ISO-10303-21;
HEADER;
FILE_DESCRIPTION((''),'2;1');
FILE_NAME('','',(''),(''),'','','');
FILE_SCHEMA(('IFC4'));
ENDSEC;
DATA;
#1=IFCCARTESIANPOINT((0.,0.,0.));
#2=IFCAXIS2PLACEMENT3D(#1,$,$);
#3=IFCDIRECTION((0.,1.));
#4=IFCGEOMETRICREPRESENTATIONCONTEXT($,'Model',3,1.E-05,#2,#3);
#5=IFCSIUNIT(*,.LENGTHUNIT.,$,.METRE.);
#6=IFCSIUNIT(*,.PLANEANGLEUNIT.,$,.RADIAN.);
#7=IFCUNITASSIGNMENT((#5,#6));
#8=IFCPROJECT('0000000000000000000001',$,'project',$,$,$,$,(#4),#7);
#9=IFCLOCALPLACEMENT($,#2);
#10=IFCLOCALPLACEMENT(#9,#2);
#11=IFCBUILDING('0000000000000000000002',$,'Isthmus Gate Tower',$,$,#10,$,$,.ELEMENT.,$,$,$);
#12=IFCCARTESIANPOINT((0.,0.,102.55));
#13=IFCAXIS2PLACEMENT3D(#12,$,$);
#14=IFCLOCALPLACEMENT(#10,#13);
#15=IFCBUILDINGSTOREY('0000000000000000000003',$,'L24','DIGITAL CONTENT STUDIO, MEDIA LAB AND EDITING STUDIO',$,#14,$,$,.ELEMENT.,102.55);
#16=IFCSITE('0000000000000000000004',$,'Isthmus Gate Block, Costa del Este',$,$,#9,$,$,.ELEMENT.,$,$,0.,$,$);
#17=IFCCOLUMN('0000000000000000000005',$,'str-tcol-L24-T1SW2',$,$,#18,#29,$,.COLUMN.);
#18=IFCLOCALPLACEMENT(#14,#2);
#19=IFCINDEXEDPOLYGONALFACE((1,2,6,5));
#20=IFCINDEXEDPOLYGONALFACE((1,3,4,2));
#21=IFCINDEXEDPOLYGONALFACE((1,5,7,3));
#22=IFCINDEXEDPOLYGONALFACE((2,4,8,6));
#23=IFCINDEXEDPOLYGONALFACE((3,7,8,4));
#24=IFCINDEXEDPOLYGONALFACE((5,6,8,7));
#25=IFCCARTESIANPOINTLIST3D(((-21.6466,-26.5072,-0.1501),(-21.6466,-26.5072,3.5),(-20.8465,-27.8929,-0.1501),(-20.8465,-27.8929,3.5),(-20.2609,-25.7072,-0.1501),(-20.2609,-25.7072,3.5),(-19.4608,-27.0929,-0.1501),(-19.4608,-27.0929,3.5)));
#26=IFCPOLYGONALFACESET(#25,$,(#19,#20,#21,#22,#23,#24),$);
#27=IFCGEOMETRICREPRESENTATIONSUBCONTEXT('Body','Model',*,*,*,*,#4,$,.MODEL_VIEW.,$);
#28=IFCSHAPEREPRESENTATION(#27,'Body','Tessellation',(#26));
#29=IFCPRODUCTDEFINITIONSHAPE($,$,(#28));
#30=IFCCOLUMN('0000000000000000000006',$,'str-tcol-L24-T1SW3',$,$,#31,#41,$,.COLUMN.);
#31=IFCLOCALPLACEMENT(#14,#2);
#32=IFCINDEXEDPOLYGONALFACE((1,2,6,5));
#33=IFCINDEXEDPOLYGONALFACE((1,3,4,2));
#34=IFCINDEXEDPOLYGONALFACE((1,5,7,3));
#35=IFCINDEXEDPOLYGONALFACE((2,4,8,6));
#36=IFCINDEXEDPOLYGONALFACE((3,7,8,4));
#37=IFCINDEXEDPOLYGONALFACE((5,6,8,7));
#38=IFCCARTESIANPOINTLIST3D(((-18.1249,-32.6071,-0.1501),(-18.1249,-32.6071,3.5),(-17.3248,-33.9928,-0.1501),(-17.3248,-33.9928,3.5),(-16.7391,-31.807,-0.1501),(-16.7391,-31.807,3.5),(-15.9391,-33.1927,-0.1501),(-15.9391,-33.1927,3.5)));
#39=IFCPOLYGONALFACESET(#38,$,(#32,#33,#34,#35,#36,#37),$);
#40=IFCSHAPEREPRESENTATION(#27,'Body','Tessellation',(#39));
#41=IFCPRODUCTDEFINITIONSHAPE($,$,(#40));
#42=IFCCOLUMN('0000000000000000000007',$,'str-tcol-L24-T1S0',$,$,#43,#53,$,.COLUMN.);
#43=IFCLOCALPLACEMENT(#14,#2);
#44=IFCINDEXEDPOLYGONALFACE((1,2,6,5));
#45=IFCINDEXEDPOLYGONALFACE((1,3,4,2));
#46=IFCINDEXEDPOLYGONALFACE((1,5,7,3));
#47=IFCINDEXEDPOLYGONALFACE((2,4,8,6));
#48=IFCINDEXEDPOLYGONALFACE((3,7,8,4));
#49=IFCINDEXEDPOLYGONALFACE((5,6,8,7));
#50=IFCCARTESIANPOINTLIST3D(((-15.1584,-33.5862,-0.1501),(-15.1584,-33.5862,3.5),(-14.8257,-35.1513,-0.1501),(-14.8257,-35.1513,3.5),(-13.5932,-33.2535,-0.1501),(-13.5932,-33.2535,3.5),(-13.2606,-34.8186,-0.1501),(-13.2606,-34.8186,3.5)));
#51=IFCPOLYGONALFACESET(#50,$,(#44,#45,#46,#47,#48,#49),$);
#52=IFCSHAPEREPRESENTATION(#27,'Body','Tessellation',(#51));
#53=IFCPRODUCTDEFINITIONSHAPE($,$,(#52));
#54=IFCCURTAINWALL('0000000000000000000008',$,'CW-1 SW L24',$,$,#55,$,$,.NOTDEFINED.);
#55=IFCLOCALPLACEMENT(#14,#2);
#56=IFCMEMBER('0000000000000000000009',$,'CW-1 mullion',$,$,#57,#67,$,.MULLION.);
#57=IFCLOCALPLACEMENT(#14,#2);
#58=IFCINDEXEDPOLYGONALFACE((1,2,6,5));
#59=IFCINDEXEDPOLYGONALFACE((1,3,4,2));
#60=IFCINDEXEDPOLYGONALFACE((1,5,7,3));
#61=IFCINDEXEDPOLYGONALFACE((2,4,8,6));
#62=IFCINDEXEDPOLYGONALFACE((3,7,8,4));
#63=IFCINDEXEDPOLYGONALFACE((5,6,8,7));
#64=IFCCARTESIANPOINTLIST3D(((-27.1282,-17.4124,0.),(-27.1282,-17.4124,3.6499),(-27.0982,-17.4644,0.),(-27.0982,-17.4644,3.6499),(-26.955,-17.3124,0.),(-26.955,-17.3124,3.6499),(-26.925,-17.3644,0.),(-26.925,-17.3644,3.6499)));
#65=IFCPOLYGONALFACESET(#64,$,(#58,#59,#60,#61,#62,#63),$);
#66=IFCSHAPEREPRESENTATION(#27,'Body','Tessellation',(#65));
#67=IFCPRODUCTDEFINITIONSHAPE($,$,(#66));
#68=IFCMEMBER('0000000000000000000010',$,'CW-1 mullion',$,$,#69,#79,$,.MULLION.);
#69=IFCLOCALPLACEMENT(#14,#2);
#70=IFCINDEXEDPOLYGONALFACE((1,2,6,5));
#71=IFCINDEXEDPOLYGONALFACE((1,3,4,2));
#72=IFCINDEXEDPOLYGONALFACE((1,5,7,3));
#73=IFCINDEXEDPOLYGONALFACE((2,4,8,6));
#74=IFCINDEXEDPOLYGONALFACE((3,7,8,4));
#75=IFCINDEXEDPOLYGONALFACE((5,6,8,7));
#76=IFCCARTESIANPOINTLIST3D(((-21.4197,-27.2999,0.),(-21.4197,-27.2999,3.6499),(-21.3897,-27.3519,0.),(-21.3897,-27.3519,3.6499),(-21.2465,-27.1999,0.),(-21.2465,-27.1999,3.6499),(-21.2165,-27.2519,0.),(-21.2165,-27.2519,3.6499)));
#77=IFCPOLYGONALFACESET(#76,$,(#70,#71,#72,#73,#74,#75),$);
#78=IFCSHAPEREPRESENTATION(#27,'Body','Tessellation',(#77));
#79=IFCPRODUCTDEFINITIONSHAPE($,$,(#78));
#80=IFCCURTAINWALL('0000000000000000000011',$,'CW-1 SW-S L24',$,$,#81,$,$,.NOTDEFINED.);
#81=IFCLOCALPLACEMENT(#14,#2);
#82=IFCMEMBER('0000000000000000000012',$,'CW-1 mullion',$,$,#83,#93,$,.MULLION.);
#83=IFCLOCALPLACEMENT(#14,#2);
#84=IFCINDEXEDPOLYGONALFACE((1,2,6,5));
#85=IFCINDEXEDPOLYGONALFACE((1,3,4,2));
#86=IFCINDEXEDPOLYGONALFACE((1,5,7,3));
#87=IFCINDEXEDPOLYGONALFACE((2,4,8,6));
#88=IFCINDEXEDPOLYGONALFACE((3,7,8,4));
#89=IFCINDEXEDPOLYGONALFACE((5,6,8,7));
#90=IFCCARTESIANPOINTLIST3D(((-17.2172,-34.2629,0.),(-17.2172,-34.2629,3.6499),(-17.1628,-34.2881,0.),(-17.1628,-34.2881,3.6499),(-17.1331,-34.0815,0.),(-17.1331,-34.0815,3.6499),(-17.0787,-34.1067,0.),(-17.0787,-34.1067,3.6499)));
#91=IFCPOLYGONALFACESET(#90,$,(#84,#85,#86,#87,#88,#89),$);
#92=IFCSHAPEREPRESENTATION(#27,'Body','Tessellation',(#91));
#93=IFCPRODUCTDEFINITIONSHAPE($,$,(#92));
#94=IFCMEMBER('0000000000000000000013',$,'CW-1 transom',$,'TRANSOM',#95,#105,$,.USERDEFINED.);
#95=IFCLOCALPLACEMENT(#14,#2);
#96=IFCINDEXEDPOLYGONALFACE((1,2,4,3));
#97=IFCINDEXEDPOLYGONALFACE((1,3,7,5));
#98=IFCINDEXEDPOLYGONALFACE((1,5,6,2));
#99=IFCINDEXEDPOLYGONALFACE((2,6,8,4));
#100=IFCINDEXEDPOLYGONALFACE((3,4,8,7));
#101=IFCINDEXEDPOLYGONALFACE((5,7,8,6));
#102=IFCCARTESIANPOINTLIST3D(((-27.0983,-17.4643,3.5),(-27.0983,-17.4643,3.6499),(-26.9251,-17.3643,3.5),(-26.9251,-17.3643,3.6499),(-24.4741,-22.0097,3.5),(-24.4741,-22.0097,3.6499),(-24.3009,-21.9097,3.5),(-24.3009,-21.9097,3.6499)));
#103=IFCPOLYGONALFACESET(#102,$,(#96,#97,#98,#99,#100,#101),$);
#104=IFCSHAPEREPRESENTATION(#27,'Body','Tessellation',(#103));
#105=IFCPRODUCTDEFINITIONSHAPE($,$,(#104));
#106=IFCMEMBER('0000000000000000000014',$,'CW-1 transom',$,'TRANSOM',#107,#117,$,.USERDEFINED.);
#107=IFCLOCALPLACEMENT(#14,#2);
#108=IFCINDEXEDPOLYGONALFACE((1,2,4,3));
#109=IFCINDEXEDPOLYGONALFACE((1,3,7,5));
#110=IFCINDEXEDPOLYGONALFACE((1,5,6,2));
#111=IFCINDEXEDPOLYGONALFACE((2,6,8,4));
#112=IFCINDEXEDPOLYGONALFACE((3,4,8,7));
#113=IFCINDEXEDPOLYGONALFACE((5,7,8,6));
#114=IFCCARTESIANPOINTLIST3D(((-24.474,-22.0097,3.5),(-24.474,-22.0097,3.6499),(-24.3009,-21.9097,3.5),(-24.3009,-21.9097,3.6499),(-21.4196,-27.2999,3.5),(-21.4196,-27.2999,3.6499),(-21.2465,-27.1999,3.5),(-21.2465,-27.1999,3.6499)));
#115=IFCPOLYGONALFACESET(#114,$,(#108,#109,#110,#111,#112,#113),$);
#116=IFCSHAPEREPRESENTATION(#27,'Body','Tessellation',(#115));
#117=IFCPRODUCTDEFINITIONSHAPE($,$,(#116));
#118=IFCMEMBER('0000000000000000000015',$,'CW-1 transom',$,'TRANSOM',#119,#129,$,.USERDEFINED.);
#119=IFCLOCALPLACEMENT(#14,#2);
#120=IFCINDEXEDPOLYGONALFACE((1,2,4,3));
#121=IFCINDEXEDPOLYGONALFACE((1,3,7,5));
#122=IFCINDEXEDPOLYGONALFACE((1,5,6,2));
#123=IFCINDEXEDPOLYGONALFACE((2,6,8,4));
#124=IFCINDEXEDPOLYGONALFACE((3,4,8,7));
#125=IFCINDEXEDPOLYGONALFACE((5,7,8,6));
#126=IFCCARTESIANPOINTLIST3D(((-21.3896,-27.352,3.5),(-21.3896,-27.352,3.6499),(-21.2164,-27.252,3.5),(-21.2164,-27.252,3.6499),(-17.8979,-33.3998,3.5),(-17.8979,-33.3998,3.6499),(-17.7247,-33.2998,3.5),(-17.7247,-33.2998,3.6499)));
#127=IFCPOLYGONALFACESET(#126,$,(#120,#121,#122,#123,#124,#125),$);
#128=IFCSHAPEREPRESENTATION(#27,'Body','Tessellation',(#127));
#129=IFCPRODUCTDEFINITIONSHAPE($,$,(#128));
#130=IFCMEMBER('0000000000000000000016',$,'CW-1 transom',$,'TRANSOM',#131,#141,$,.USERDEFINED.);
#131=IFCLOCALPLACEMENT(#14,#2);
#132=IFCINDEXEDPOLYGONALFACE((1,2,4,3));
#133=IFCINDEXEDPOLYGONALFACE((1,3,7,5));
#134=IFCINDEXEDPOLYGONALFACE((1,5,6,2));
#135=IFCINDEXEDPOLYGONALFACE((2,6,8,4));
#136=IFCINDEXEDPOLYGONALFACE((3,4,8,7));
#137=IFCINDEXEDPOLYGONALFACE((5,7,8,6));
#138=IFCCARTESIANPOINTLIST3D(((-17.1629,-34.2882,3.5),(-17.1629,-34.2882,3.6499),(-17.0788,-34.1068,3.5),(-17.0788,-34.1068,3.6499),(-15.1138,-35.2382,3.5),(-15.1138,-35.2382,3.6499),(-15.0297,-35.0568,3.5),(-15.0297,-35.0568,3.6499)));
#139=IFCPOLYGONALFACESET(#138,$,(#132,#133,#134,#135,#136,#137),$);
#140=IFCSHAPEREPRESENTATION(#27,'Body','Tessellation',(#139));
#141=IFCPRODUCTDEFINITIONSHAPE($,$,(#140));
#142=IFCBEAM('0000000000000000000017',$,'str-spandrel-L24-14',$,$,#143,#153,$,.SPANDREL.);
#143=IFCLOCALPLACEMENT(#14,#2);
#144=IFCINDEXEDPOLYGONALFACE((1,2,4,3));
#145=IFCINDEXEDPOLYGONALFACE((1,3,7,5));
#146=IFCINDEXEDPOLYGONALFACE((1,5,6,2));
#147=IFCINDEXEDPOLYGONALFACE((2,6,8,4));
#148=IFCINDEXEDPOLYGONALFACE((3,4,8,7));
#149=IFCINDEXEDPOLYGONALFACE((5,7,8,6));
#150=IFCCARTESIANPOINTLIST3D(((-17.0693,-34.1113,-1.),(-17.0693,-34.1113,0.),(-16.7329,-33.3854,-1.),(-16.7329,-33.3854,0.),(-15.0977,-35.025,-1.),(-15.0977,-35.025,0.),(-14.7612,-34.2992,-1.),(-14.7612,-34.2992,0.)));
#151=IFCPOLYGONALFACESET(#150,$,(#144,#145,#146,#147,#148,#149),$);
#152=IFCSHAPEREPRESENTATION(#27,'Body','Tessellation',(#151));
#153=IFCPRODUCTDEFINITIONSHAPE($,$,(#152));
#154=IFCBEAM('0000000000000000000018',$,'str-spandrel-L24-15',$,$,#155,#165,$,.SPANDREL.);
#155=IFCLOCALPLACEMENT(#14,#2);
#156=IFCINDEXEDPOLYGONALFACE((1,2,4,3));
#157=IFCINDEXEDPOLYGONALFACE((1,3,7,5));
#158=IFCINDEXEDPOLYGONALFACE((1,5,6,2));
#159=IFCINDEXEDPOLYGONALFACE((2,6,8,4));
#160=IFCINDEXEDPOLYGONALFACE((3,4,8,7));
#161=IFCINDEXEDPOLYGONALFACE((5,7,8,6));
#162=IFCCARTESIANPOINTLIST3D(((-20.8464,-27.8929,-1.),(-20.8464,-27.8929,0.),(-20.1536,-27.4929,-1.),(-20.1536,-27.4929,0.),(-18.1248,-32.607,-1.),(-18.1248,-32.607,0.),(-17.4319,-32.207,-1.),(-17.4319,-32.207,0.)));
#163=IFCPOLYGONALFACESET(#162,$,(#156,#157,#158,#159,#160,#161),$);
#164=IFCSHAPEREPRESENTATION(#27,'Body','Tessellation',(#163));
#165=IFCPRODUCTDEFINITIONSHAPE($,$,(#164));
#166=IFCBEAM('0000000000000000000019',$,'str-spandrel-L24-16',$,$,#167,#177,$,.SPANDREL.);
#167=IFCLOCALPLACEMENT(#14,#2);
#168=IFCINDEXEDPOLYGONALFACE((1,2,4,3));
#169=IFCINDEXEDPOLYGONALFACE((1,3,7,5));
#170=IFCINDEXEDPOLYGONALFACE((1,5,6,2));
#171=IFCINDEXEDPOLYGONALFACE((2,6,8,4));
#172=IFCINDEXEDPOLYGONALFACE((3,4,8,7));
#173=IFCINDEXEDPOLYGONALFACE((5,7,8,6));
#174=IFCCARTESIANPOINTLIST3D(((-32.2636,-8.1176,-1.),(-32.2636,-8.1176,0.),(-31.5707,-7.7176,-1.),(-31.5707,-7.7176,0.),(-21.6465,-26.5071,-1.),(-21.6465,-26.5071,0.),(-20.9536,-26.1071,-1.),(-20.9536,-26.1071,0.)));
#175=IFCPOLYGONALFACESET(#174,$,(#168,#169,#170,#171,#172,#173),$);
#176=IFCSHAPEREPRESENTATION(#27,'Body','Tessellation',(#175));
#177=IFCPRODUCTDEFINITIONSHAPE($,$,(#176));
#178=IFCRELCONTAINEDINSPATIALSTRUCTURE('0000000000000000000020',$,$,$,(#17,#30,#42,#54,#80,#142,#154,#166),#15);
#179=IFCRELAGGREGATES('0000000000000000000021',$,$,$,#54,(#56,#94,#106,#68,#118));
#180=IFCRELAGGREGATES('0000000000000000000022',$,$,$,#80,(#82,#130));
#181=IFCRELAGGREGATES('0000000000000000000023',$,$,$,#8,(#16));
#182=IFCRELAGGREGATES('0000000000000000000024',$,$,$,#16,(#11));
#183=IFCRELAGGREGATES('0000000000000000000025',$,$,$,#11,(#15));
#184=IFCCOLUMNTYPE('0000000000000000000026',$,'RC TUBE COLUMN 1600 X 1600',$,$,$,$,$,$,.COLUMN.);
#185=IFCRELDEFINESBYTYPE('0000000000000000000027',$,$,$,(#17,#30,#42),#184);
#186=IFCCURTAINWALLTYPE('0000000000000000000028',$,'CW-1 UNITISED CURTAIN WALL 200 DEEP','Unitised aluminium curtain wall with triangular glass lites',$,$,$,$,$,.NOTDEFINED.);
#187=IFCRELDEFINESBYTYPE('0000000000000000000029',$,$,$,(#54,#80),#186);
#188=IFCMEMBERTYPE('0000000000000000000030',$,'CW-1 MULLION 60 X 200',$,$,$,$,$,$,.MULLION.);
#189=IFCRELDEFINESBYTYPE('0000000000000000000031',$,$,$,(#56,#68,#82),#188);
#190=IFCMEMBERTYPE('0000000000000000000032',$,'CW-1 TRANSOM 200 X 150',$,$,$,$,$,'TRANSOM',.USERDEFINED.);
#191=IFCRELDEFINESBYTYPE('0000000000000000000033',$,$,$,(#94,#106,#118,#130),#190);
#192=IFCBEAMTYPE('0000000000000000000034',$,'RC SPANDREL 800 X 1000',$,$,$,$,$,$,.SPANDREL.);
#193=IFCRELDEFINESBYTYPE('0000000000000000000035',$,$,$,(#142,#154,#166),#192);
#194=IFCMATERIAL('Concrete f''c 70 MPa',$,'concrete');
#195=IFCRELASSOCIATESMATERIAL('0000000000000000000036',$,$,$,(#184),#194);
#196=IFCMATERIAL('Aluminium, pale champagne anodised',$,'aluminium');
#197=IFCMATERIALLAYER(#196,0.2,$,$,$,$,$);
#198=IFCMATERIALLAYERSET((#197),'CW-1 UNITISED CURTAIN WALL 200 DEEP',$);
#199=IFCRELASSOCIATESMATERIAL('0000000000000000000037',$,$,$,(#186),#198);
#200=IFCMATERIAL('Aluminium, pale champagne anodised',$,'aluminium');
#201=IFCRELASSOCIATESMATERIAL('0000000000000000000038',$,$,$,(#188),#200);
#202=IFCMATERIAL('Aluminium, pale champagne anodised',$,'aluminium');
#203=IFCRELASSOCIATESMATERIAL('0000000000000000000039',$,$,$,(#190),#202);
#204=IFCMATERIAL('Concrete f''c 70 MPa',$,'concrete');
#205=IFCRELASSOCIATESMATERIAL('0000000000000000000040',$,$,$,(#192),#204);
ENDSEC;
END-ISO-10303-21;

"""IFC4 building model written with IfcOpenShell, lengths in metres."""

from ifc_helpers import new_model, si_unit, direction, frame, origin, origin_2d, place, context, subcontext, project, spatial, rectangle, extrude, material, layer, layer_set, material_profile, profile_set, type_object, element, aggregate, save


model = new_model("IFC4")

# Units and contexts
model_context = context("Model", 3, precision=1e-05, world=origin(), true_north=direction((0.0, 1.0)))
body_context = subcontext(model_context, "Body", "Model", "MODEL_VIEW")
ifc_project = project(units=[si_unit("LENGTHUNIT", "METRE"), si_unit("PLANEANGLEUNIT", "RADIAN")], contexts=[model_context])

# Site, building, storey
site_placement = place(None, origin())
site = spatial("IfcSite", under=ifc_project, at=site_placement, Name="Isthmus Gate Block, Costa del Este", CompositionType="ELEMENT", RefElevation=0.0)
building_placement = place(site_placement, origin())
building = spatial("IfcBuilding", under=site, at=building_placement, Name="Isthmus Gate Tower", CompositionType="ELEMENT")
storey_placement = place(building_placement, frame((0.0, 0.0, 102.55)))
storey = spatial("IfcBuildingStorey", under=building, at=storey_placement, Name="L24", Description="DIGITAL CONTENT STUDIO, MEDIA LAB AND EDITING STUDIO", CompositionType="ELEMENT", Elevation=102.55)

# Columns
ifc_material_1 = material(Name="Concrete f'c 70 MPa", Category="concrete")
ifc_material_profile_1 = material_profile(ifc_material_1, rectangle(XDim=1.6001, YDim=1.6001, at=origin_2d()), Name="RC 1600X1600")
ifc_profile_set_1 = profile_set([ifc_material_profile_1], Name="Concrete f'c 70 MPa")
column_type = type_object("IfcColumnType", Name="RC TUBE COLUMN 1600 X 1600", PredefinedType="COLUMN", material=ifc_profile_set_1)
for number, where, z_axis, x_axis, name in (
    (1, (-20.5537, -26.8, -0.1501), (0.0, 0.0, 1.0), (0.5, -0.866025, 0.0), "str-tcol-L24-T1SW2"),
    (2, (-17.032, -32.8999, -0.1501), (0.0, 0.0, 1.0), (0.5, -0.866025, 0.0), "str-tcol-L24-T1SW3"),
    (3, (-14.2095, -34.2024, -0.1501), (0.0, 0.0, 1.0), (0.978148, 0.207912, 0.0), "str-tcol-L24-T1S0"),
):
    element("IfcColumn", number, at=place(storey_placement, frame(where, z_axis=z_axis, x_axis=x_axis)), inside=storey, type_object=column_type, Name=name, PredefinedType="COLUMN", context=body_context, shape_type="SweptSolid", body=[
        extrude(rectangle(XDim=1.6001, YDim=1.6001, at=origin_2d()), origin(), (0.0, 0.0, 1.0), 3.6501),
    ])

# Curtain wall, members
ifc_material_2 = material(Name="Aluminium, pale champagne anodised", Category="aluminium")
ifc_layer_1 = layer(ifc_material_2, 0.2)
ifc_layer_set_1 = layer_set([ifc_layer_1], Name="CW-1 UNITISED CURTAIN WALL 200 DEEP")
curtain_wall_type = type_object("IfcCurtainWallType", Name="CW-1 UNITISED CURTAIN WALL 200 DEEP", Description="Unitised aluminium curtain wall with triangular glass lites", PredefinedType="NOTDEFINED", material=ifc_layer_set_1)
curtain_wall_1_placement = place(storey_placement, origin())
curtain_wall_1 = element("IfcCurtainWall", 4, at=curtain_wall_1_placement, inside=storey, type_object=curtain_wall_type, Name="CW-1 SW L24", PredefinedType="NOTDEFINED")
ifc_material_3 = material(Name="Aluminium, pale champagne anodised", Category="aluminium")
ifc_material_profile_2 = material_profile(ifc_material_3, rectangle(XDim=0.0601, YDim=0.2, at=origin_2d()), Name="60x200")
ifc_profile_set_2 = profile_set([ifc_material_profile_2], Name="Aluminium, pale champagne anodised")
member_type_1 = type_object("IfcMemberType", Name="CW-1 MULLION 60 X 200", PredefinedType="MULLION", material=ifc_profile_set_2)
member_1_placement = place(storey_placement, frame((-27.0266, -17.3884, 0.0), z_axis=(0.0, 0.0, 1.0), x_axis=(0.5, -0.866025, 0.0)))
member_1 = element("IfcMember", 5, at=member_1_placement, type_object=member_type_1, Name="CW-1 mullion", PredefinedType="MULLION", context=body_context, shape_type="SweptSolid", body=[
    extrude(rectangle(XDim=0.0601, YDim=0.2, at=origin_2d()), origin(), (0.0, 0.0, 1.0), 3.6499),
])
member_2_placement = place(storey_placement, frame((-21.3181, -27.2759, 0.0), z_axis=(0.0, 0.0, 1.0), x_axis=(0.5, -0.866025, 0.0)))
member_2 = element("IfcMember", 6, at=member_2_placement, type_object=member_type_1, Name="CW-1 mullion", PredefinedType="MULLION", context=body_context, shape_type="SweptSolid", body=[
    extrude(rectangle(XDim=0.0601, YDim=0.2, at=origin_2d()), origin(), (0.0, 0.0, 1.0), 3.6499),
])

# Curtain wall, member
curtain_wall_2_placement = place(storey_placement, origin())
curtain_wall_2 = element("IfcCurtainWall", 7, at=curtain_wall_2_placement, inside=storey, type_object=curtain_wall_type, Name="CW-1 SW-S L24", PredefinedType="NOTDEFINED")
member_3_placement = place(storey_placement, frame((-17.1479, -34.1848, 0.0), z_axis=(0.0, 0.0, 1.0), x_axis=(0.907256, -0.420578, 0.0)))
member_3 = element("IfcMember", 8, at=member_3_placement, type_object=member_type_1, Name="CW-1 mullion", PredefinedType="MULLION", context=body_context, shape_type="SweptSolid", body=[
    extrude(rectangle(XDim=0.0601, YDim=0.2, at=origin_2d()), origin(), (0.0, 0.0, 1.0), 3.6499),
])

# Members
ifc_material_4 = material(Name="Aluminium, pale champagne anodised", Category="aluminium")
ifc_material_profile_3 = material_profile(ifc_material_4, rectangle(XDim=0.2, YDim=0.1499, at=origin_2d()), Name="200x150")
ifc_profile_set_3 = profile_set([ifc_material_profile_3], Name="Aluminium, pale champagne anodised")
member_type_2 = type_object("IfcMemberType", Name="CW-1 TRANSOM 200 X 150", ElementType="TRANSOM", PredefinedType="USERDEFINED", material=ifc_profile_set_3)
member_4_placement = place(storey_placement, frame((-27.0117, -17.4143, 3.575), z_axis=(0.499996, -0.866028, 0.0), x_axis=(0.866028, 0.499996, 0.0)))
member_4 = element("IfcMember", 9, at=member_4_placement, type_object=member_type_2, Name="CW-1 transom", ObjectType="TRANSOM", PredefinedType="USERDEFINED", context=body_context, shape_type="SweptSolid", body=[
    extrude(rectangle(XDim=0.2, YDim=0.1499, at=origin_2d()), origin(), (0.0, 0.0, 1.0), 5.2485),
])
member_5_placement = place(storey_placement, frame((-24.3875, -21.9597, 3.575), z_axis=(0.500012, -0.866019, 0.0), x_axis=(0.866019, 0.500012, 0.0)))
member_5 = element("IfcMember", 10, at=member_5_placement, type_object=member_type_2, Name="CW-1 transom", ObjectType="TRANSOM", PredefinedType="USERDEFINED", context=body_context, shape_type="SweptSolid", body=[
    extrude(rectangle(XDim=0.2, YDim=0.1499, at=origin_2d()), origin(), (0.0, 0.0, 1.0), 6.1086),
])
member_6_placement = place(storey_placement, frame((-21.303, -27.302, 3.575), z_axis=(0.499997, -0.866027, 0.0), x_axis=(0.866027, 0.499997, 0.0)))
member_6 = element("IfcMember", 11, at=member_6_placement, type_object=member_type_2, Name="CW-1 transom", ObjectType="TRANSOM", PredefinedType="USERDEFINED", context=body_context, shape_type="SweptSolid", body=[
    extrude(rectangle(XDim=0.2, YDim=0.1499, at=origin_2d()), origin(), (0.0, 0.0, 1.0), 6.9834),
])
member_7_placement = place(storey_placement, frame((-17.1208, -34.1975, 3.575), z_axis=(0.907246, -0.4206, 0.0), x_axis=(0.4206, 0.907246, 0.0)))
member_7 = element("IfcMember", 12, at=member_7_placement, type_object=member_type_2, Name="CW-1 transom", ObjectType="TRANSOM", PredefinedType="USERDEFINED", context=body_context, shape_type="SweptSolid", body=[
    extrude(rectangle(XDim=0.2, YDim=0.1499, at=origin_2d()), origin(), (0.0, 0.0, 1.0), 2.2585),
])

# Beams
ifc_material_5 = material(Name="Concrete f'c 70 MPa", Category="concrete")
ifc_material_profile_4 = material_profile(ifc_material_5, rectangle(XDim=0.8, YDim=1.0, at=origin_2d()), Name="RC 800X1000")
ifc_profile_set_4 = profile_set([ifc_material_profile_4], Name="Concrete f'c 70 MPa")
beam_type_1 = type_object("IfcBeamType", Name="RC SPANDREL 800 X 1000", PredefinedType="SPANDREL", material=ifc_profile_set_4)
beam_1_placement = place(storey_placement, frame((-14.9294, -34.6621, -0.5), z_axis=(-0.907291, 0.420504, 0.0), x_axis=(-0.420504, -0.907291, 0.0)))
element("IfcBeam", 13, at=beam_1_placement, inside=storey, type_object=beam_type_1, Name="str-spandrel-L24-14", PredefinedType="SPANDREL", context=body_context, shape_type="SweptSolid", body=[
    extrude(rectangle(XDim=0.8, YDim=1.0, at=origin_2d()), origin(), (0.0, 0.0, 1.0), 2.1731),
])
beam_2_placement = place(storey_placement, frame((-17.7783, -32.407, -0.5), z_axis=(-0.499998, 0.866026, 0.0), x_axis=(-0.866026, -0.499998, 0.0)))
element("IfcBeam", 14, at=beam_2_placement, inside=storey, type_object=beam_type_1, Name="str-spandrel-L24-15", PredefinedType="SPANDREL", context=body_context, shape_type="SweptSolid", body=[
    extrude(rectangle(XDim=0.8, YDim=1.0, at=origin_2d()), origin(), (0.0, 0.0, 1.0), 5.4434),
])
beam_3_placement = place(storey_placement, frame((-21.3, -26.3071, -0.5), z_axis=(-0.499997, 0.866027, 0.0), x_axis=(-0.866027, -0.499997, 0.0)))
element("IfcBeam", 15, at=beam_3_placement, inside=storey, type_object=beam_type_1, Name="str-spandrel-L24-16", PredefinedType="SPANDREL", context=body_context, shape_type="SweptSolid", body=[
    extrude(rectangle(XDim=0.8, YDim=1.0, at=origin_2d()), origin(), (0.0, 0.0, 1.0), 21.2344),
])

aggregate(curtain_wall_1, [member_1, member_4, member_5, member_2, member_6])
aggregate(curtain_wall_2, [member_3, member_7])

save(model, "model.ifc")
